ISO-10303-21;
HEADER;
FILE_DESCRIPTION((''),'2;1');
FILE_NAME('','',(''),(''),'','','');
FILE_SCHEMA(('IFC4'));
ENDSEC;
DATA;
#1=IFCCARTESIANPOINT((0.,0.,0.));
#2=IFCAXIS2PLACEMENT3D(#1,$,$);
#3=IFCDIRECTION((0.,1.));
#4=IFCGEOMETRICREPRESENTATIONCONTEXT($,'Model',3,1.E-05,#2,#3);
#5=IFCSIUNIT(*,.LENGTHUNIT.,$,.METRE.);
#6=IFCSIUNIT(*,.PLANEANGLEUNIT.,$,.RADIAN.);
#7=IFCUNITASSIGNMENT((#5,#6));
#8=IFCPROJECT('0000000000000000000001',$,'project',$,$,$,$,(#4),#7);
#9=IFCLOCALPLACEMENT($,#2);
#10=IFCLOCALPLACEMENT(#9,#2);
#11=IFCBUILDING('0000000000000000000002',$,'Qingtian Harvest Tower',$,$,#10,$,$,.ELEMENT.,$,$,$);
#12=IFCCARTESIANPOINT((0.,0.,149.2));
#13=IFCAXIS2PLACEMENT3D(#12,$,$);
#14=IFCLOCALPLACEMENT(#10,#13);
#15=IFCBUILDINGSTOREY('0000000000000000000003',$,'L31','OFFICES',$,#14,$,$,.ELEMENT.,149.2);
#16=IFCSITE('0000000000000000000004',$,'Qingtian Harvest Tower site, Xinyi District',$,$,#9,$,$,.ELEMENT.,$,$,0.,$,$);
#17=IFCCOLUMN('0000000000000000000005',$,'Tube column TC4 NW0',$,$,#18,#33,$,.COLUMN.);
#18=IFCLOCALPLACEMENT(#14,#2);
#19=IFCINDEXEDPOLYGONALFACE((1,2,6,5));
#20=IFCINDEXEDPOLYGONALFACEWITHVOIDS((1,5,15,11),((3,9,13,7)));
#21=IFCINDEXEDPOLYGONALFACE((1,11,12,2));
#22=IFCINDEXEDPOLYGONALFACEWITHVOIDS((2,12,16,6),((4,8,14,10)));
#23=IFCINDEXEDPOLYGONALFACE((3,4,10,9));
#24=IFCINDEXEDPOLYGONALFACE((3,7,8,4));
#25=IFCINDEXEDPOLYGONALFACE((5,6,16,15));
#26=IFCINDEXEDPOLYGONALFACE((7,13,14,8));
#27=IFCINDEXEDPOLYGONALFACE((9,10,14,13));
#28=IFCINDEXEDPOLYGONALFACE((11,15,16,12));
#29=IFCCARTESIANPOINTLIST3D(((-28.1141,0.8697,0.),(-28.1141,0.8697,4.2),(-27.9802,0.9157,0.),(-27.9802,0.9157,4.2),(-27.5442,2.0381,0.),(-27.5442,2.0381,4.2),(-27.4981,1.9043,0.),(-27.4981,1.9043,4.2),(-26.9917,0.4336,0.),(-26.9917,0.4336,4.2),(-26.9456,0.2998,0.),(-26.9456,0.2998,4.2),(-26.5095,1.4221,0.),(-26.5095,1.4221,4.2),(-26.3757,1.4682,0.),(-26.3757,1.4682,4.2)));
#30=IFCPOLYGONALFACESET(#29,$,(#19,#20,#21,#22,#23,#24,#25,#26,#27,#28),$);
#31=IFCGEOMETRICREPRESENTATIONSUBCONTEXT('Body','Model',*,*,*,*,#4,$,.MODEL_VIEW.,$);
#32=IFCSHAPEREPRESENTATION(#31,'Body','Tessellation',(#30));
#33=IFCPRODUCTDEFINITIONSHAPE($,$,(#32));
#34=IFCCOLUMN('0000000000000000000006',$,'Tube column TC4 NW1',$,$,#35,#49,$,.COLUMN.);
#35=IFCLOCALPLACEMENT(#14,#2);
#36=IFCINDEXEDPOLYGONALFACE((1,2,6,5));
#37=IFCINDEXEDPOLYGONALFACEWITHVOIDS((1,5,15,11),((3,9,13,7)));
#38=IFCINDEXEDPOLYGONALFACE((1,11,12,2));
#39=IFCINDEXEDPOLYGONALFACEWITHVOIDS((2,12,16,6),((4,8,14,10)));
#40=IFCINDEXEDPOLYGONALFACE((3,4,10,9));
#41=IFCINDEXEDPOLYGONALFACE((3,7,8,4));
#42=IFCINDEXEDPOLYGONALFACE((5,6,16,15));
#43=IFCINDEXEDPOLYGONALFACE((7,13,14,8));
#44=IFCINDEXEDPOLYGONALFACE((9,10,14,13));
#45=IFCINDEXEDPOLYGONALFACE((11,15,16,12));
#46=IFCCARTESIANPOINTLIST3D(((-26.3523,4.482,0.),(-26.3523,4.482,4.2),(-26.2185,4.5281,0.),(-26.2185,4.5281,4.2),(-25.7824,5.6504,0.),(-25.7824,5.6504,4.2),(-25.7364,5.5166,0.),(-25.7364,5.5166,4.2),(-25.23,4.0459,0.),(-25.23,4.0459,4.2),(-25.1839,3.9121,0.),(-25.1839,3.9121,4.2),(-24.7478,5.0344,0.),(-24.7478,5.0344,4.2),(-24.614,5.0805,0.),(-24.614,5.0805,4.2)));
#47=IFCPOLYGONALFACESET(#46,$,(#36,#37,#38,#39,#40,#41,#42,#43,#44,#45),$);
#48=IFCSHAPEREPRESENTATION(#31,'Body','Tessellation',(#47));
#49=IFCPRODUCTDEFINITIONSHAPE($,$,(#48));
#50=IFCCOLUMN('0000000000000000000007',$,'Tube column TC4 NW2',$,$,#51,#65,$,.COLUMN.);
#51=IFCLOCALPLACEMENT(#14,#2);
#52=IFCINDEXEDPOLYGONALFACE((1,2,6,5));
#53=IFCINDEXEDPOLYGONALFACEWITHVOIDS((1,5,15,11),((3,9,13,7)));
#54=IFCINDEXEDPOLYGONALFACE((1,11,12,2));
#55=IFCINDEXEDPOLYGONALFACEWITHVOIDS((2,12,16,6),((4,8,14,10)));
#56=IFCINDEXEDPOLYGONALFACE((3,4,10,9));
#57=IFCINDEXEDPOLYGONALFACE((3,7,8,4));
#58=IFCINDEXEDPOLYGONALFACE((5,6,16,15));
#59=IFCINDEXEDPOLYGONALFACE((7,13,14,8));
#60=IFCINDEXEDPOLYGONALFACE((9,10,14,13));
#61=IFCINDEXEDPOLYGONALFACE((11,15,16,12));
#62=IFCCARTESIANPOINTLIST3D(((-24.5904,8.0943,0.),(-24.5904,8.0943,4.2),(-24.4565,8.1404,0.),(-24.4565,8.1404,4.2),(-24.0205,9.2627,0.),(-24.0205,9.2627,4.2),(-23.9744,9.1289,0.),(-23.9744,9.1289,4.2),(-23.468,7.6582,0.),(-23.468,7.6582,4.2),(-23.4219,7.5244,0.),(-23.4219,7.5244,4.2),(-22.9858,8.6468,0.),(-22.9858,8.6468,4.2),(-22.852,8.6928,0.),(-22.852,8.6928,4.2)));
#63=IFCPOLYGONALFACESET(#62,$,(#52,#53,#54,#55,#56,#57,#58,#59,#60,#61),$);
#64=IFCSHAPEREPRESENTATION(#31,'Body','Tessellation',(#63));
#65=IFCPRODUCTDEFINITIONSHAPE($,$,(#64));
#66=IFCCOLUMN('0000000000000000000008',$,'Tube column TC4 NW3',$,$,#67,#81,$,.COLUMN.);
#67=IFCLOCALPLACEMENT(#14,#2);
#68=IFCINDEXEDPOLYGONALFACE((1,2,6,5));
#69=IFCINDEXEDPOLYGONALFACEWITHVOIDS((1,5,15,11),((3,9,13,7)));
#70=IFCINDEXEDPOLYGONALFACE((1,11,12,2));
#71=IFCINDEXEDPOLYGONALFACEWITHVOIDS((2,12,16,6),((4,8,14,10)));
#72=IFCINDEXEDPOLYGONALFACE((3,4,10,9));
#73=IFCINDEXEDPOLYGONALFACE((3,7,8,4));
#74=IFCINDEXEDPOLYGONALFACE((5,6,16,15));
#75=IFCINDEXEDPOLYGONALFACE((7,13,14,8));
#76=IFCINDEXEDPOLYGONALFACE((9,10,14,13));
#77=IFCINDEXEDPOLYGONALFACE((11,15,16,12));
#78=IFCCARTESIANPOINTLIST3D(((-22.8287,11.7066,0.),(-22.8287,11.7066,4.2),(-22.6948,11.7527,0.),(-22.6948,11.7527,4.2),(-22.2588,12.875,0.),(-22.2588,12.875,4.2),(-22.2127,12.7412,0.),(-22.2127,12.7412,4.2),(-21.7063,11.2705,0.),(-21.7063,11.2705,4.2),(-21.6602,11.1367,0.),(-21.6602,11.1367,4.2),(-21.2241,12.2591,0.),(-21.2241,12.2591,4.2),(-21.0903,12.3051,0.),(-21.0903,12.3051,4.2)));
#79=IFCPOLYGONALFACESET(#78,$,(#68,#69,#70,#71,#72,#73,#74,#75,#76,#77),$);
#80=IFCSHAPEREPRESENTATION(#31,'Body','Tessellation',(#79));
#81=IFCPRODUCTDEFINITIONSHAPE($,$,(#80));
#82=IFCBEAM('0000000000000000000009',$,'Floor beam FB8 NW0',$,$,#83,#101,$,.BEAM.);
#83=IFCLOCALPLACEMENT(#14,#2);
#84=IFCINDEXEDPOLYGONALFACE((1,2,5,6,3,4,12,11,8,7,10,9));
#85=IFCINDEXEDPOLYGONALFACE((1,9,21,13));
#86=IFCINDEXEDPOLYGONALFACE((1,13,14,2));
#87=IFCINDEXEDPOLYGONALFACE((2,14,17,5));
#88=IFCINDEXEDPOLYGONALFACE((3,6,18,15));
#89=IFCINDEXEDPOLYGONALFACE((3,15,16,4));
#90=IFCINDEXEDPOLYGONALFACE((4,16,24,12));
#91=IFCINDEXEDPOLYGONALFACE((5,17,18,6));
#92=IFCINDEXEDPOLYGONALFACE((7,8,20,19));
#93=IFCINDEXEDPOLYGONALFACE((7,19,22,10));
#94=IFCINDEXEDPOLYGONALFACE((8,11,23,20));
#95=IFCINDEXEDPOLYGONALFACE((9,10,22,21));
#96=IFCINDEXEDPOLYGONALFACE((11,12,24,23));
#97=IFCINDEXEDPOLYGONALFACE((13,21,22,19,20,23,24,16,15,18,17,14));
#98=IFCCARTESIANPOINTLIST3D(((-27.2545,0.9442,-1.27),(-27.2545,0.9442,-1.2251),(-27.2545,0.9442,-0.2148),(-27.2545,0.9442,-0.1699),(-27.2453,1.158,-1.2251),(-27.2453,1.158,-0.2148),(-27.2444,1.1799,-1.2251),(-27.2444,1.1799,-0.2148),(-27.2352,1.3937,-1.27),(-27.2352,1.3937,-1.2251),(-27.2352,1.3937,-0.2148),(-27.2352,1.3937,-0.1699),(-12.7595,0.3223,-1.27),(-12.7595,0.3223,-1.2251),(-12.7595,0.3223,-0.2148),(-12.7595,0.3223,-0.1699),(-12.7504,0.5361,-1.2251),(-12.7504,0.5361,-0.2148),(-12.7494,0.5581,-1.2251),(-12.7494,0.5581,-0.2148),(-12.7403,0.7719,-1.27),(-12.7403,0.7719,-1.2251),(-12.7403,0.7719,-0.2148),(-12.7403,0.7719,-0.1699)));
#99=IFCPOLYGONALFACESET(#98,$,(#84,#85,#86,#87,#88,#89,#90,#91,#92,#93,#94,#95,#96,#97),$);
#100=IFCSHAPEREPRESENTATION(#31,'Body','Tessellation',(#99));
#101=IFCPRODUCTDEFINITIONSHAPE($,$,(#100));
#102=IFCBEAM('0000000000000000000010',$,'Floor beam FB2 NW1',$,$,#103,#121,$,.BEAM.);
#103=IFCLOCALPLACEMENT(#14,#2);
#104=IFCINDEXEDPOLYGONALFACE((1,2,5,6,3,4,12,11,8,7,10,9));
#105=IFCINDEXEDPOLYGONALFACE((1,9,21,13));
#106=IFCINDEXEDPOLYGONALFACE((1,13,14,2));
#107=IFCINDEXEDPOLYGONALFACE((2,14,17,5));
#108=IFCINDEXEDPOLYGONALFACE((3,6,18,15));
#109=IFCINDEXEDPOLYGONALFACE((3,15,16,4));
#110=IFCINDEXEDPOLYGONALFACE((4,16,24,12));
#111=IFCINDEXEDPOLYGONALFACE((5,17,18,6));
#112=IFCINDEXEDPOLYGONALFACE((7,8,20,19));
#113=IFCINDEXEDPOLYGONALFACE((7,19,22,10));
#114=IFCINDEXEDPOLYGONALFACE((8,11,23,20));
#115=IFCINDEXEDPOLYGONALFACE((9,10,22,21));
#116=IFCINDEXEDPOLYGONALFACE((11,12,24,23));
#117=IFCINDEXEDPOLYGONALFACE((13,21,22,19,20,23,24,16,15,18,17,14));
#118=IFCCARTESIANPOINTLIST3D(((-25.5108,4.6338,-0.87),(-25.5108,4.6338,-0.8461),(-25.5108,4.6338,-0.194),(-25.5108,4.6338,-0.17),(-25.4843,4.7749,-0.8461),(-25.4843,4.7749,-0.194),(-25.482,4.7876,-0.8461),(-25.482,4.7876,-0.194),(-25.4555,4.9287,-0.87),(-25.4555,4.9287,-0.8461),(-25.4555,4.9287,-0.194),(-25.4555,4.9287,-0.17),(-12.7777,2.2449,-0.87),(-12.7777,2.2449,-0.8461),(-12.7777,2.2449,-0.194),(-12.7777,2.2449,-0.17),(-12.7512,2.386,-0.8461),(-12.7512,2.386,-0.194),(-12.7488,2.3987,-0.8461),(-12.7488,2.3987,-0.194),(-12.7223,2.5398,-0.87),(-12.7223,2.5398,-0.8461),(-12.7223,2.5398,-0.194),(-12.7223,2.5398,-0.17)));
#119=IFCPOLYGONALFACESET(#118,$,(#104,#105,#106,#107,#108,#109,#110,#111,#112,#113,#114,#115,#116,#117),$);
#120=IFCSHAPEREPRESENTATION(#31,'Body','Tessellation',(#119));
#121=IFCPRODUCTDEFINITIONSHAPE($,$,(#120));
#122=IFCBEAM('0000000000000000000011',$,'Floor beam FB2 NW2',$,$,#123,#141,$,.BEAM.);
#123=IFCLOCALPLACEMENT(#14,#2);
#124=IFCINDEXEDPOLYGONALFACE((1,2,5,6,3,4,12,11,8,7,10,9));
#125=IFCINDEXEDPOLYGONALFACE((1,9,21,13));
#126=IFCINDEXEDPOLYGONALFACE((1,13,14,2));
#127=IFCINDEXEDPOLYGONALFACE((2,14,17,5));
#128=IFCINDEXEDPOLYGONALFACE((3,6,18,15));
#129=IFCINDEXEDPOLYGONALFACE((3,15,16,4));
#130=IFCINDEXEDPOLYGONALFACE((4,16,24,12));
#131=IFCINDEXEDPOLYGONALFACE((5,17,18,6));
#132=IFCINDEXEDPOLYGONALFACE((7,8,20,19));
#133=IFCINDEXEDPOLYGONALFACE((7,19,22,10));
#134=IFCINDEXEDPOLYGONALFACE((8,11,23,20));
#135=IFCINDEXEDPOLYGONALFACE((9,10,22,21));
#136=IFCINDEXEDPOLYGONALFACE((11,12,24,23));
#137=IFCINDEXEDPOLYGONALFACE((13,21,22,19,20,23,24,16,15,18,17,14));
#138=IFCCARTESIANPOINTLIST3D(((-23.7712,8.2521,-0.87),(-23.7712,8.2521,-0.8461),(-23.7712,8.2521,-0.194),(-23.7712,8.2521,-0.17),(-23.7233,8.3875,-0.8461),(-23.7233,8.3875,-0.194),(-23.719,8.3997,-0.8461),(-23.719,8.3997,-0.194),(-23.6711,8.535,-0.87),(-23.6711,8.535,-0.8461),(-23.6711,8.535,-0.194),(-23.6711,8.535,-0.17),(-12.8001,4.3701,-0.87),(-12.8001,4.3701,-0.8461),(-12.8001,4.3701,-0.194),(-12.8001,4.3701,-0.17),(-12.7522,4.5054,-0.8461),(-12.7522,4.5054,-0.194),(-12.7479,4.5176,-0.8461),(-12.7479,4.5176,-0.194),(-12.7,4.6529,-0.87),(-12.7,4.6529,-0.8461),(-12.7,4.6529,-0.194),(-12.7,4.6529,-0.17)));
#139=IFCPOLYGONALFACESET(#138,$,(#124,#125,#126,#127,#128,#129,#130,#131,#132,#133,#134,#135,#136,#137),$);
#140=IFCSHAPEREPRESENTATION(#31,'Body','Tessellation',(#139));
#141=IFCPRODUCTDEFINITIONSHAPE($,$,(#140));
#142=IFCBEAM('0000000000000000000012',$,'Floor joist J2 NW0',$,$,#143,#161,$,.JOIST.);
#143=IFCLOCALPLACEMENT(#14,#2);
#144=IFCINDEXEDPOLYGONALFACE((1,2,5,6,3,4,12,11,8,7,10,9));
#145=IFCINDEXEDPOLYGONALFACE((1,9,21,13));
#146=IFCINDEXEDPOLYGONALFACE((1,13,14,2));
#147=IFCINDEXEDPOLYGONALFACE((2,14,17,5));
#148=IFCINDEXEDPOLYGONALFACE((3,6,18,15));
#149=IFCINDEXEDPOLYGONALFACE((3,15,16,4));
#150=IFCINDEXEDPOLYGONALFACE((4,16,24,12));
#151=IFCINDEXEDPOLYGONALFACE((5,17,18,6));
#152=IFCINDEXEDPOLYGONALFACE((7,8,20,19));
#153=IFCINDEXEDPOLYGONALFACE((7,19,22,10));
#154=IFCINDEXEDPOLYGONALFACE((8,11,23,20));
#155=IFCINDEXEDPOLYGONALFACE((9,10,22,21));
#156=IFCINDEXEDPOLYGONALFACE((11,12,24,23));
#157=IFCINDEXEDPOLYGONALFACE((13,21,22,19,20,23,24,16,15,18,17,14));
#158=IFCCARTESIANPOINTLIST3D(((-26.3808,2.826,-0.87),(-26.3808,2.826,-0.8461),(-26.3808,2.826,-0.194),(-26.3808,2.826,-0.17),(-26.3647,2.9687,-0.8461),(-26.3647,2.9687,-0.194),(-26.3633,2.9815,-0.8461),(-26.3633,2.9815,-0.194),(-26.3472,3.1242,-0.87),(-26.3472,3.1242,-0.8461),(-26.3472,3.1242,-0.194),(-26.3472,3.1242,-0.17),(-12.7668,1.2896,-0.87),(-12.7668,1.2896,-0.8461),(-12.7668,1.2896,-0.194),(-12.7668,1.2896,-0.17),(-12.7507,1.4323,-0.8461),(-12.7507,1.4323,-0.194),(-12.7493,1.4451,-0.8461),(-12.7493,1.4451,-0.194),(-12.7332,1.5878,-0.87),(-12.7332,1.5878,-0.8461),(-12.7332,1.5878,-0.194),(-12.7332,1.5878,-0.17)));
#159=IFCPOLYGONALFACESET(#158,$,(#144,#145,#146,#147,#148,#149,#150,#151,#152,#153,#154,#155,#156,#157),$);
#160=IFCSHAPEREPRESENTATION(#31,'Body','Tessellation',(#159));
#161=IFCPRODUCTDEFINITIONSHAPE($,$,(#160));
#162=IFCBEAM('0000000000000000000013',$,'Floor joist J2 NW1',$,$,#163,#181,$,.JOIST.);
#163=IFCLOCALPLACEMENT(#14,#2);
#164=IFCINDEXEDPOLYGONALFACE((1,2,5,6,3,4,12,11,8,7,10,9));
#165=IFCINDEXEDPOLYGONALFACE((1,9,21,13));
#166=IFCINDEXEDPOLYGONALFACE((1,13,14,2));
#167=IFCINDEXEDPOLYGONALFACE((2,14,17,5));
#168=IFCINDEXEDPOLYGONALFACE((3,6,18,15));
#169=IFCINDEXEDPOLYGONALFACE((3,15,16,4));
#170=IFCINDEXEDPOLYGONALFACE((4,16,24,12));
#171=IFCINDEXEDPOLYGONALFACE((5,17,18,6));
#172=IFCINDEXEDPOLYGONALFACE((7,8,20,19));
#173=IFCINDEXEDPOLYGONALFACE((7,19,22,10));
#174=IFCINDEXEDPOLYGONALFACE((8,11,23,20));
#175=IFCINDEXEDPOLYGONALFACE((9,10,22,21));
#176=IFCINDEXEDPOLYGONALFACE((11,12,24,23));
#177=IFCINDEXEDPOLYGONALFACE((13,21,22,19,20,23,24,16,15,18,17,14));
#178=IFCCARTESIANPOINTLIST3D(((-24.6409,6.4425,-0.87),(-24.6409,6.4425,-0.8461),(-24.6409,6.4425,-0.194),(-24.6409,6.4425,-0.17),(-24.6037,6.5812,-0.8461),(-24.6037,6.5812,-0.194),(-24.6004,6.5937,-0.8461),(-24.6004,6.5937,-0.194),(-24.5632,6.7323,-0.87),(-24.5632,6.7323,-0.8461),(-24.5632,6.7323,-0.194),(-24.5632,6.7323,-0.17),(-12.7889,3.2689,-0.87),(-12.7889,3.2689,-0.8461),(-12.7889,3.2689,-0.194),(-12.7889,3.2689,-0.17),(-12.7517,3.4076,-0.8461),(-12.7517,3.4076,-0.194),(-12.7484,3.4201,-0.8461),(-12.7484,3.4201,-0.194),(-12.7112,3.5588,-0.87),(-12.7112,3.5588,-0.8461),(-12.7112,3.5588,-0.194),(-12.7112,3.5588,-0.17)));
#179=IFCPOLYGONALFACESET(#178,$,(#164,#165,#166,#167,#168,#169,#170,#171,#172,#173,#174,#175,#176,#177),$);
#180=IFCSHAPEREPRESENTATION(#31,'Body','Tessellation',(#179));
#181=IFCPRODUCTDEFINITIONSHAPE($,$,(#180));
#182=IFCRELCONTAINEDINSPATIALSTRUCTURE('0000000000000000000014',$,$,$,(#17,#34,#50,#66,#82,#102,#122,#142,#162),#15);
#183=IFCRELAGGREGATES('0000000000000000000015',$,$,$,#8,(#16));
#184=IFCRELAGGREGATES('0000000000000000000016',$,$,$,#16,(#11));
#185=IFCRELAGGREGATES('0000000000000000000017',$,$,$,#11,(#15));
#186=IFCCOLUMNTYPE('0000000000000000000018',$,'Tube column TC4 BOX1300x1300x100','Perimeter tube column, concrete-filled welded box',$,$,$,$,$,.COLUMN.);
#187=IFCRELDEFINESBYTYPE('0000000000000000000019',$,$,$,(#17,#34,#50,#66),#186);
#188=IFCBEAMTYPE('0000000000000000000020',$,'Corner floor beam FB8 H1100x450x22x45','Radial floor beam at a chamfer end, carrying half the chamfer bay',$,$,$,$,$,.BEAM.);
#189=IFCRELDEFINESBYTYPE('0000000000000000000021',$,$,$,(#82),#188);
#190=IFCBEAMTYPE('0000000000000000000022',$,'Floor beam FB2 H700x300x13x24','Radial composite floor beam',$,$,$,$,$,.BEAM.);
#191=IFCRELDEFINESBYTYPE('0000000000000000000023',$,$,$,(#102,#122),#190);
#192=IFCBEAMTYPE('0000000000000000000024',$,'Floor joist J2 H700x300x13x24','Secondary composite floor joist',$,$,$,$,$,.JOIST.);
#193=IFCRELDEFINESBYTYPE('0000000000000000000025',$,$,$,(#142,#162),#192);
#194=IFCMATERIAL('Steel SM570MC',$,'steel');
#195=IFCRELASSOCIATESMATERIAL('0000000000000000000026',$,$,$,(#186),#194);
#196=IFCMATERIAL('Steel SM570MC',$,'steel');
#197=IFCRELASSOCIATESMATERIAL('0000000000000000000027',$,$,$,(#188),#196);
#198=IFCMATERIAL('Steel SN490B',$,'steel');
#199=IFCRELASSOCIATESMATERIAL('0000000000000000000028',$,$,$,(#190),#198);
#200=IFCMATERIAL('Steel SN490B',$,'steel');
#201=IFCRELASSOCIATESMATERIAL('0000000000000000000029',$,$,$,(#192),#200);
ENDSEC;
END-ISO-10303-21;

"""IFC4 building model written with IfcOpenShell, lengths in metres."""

from ifc_helpers import new_model, si_unit, direction, frame, origin, origin_2d, place, context, subcontext, project, spatial, hollow_rectangle, i_section, extrude, material, material_profile, profile_set, type_object, element, save


model = new_model("IFC4")

# Units and contexts
model_context = context("Model", 3, precision=1e-05, world=origin(), true_north=direction((0.0, 1.0)))
body_context = subcontext(model_context, "Body", "Model", "MODEL_VIEW")
ifc_project = project(units=[si_unit("LENGTHUNIT", "METRE"), si_unit("PLANEANGLEUNIT", "RADIAN")], contexts=[model_context])

# Site, building, storey
site_placement = place(None, origin())
site = spatial("IfcSite", under=ifc_project, at=site_placement, Name="Qingtian Harvest Tower site, Xinyi District", CompositionType="ELEMENT", RefElevation=0.0)
building_placement = place(site_placement, origin())
building = spatial("IfcBuilding", under=site, at=building_placement, Name="Qingtian Harvest Tower", CompositionType="ELEMENT")
storey_placement = place(building_placement, frame((0.0, 0.0, 149.2)))
storey = spatial("IfcBuildingStorey", under=building, at=storey_placement, Name="L31", Description="OFFICES", CompositionType="ELEMENT", Elevation=149.2)

# Columns
ifc_material_1 = material(Name="Steel SM570MC", Category="steel")
ifc_material_profile_1 = material_profile(ifc_material_1, hollow_rectangle(XDim=1.3, YDim=1.3, WallThickness=0.1001, at=origin_2d()), Name="BOX1300x1300x100")
ifc_profile_set_1 = profile_set([ifc_material_profile_1], Name="Steel SM570MC")
column_type = type_object("IfcColumnType", Name="Tube column TC4 BOX1300x1300x100", Description="Perimeter tube column, concrete-filled welded box", PredefinedType="COLUMN", material=ifc_profile_set_1)
for number, where, z_axis, x_axis, name in (
    (1, (-27.2449, 1.1689, 0.0), (0.0, 0.0, 1.0), (-0.438371, -0.898794, 0.0), "Tube column TC4 NW0"),
    (2, (-25.4832, 4.7812, 0.0), (0.0, 0.0, 1.0), (-0.438371, -0.898794, 0.0), "Tube column TC4 NW1"),
    (3, (-23.7212, 8.3936, 0.0), (0.0, 0.0, 1.0), (-0.438371, -0.898794, 0.0), "Tube column TC4 NW2"),
    (4, (-21.9595, 12.0059, 0.0), (0.0, 0.0, 1.0), (-0.438371, -0.898794, 0.0), "Tube column TC4 NW3"),
):
    element("IfcColumn", number, at=place(storey_placement, frame(where, z_axis=z_axis, x_axis=x_axis)), inside=storey, type_object=column_type, Name=name, PredefinedType="COLUMN", context=body_context, shape_type="SweptSolid", body=[
        extrude(hollow_rectangle(XDim=1.3, YDim=1.3, WallThickness=0.1001, at=origin_2d()), origin(), (0.0, 0.0, 1.0), 4.2),
    ])

# Beams
ifc_material_2 = material(Name="Steel SM570MC", Category="steel")
ifc_material_profile_2 = material_profile(ifc_material_2, i_section(OverallWidth=0.45, OverallDepth=1.1001, WebThickness=0.022, FlangeThickness=0.0449, at=origin_2d()), Name="H1100x450x22x45")
ifc_profile_set_2 = profile_set([ifc_material_profile_2], Name="Steel SM570MC")
beam_type_1 = type_object("IfcBeamType", Name="Corner floor beam FB8 H1100x450x22x45", Description="Radial floor beam at a chamfer end, carrying half the chamfer bay", PredefinedType="BEAM", material=ifc_profile_set_2)
beam_1_placement = place(storey_placement, frame((-27.2449, 1.1689, -0.72), z_axis=(0.999081, -0.04286, 0.0), x_axis=(0.04286, 0.999081, 0.0)))
element("IfcBeam", 5, at=beam_1_placement, inside=storey, type_object=beam_type_1, Name="Floor beam FB8 NW0", PredefinedType="BEAM", context=body_context, shape_type="SweptSolid", body=[
    extrude(i_section(OverallWidth=0.45, OverallDepth=1.1001, WebThickness=0.022, FlangeThickness=0.0449, at=origin_2d()), origin(), (0.0, 0.0, 1.0), 14.5083),
])
ifc_material_3 = material(Name="Steel SN490B", Category="steel")
ifc_material_profile_3 = material_profile(ifc_material_3, i_section(OverallWidth=0.3, OverallDepth=0.7, WebThickness=0.0129, FlangeThickness=0.0239, at=origin_2d()), Name="H700x300x13x24")
ifc_profile_set_3 = profile_set([ifc_material_profile_3], Name="Steel SN490B")
beam_type_2 = type_object("IfcBeamType", Name="Floor beam FB2 H700x300x13x24", Description="Radial composite floor beam", PredefinedType="BEAM", material=ifc_profile_set_3)
beam_2_placement = place(storey_placement, frame((-25.4832, 4.7812, -0.52), z_axis=(0.982852, -0.184397, 0.0), x_axis=(0.184397, 0.982852, 0.0)))
element("IfcBeam", 6, at=beam_2_placement, inside=storey, type_object=beam_type_2, Name="Floor beam FB2 NW1", PredefinedType="BEAM", context=body_context, shape_type="SweptSolid", body=[
    extrude(i_section(OverallWidth=0.3, OverallDepth=0.7, WebThickness=0.0129, FlangeThickness=0.0239, at=origin_2d()), origin(), (0.0, 0.0, 1.0), 12.9553),
])
beam_3_placement = place(storey_placement, frame((-23.7212, 8.3936, -0.52), z_axis=(0.942723, -0.333576, 0.0), x_axis=(0.333576, 0.942723, 0.0)))
element("IfcBeam", 7, at=beam_3_placement, inside=storey, type_object=beam_type_2, Name="Floor beam FB2 NW2", PredefinedType="BEAM", context=body_context, shape_type="SweptSolid", body=[
    extrude(i_section(OverallWidth=0.3, OverallDepth=0.7, WebThickness=0.0129, FlangeThickness=0.0239, at=origin_2d()), origin(), (0.0, 0.0, 1.0), 11.6377),
])
ifc_material_4 = material(Name="Steel SN490B", Category="steel")
ifc_material_profile_4 = material_profile(ifc_material_4, i_section(OverallWidth=0.3, OverallDepth=0.7, WebThickness=0.0129, FlangeThickness=0.0239, at=origin_2d()), Name="H700x300x13x24")
ifc_profile_set_4 = profile_set([ifc_material_profile_4], Name="Steel SN490B")
beam_type_3 = type_object("IfcBeamType", Name="Floor joist J2 H700x300x13x24", Description="Secondary composite floor joist", PredefinedType="JOIST", material=ifc_profile_set_4)
beam_4_placement = place(storey_placement, frame((-26.364, 2.9751, -0.52), z_axis=(0.993692, -0.112141, 0.0), x_axis=(0.112141, 0.993692, 0.0)))
element("IfcBeam", 8, at=beam_4_placement, inside=storey, type_object=beam_type_3, Name="Floor joist J2 NW0", PredefinedType="JOIST", context=body_context, shape_type="SweptSolid", body=[
    extrude(i_section(OverallWidth=0.3, OverallDepth=0.7, WebThickness=0.0129, FlangeThickness=0.0239, at=origin_2d()), origin(), (0.0, 0.0, 1.0), 13.7004),
])
beam_5_placement = place(storey_placement, frame((-24.6021, 6.5874, -0.52), z_axis=(0.96597, -0.258655, 0.0), x_axis=(0.258655, 0.96597, 0.0)))
element("IfcBeam", 9, at=beam_5_placement, inside=storey, type_object=beam_type_3, Name="Floor joist J2 NW1", PredefinedType="JOIST", context=body_context, shape_type="SweptSolid", body=[
    extrude(i_section(OverallWidth=0.3, OverallDepth=0.7, WebThickness=0.0129, FlangeThickness=0.0239, at=origin_2d()), origin(), (0.0, 0.0, 1.0), 12.2695),
])

save(model, "model.ifc")
